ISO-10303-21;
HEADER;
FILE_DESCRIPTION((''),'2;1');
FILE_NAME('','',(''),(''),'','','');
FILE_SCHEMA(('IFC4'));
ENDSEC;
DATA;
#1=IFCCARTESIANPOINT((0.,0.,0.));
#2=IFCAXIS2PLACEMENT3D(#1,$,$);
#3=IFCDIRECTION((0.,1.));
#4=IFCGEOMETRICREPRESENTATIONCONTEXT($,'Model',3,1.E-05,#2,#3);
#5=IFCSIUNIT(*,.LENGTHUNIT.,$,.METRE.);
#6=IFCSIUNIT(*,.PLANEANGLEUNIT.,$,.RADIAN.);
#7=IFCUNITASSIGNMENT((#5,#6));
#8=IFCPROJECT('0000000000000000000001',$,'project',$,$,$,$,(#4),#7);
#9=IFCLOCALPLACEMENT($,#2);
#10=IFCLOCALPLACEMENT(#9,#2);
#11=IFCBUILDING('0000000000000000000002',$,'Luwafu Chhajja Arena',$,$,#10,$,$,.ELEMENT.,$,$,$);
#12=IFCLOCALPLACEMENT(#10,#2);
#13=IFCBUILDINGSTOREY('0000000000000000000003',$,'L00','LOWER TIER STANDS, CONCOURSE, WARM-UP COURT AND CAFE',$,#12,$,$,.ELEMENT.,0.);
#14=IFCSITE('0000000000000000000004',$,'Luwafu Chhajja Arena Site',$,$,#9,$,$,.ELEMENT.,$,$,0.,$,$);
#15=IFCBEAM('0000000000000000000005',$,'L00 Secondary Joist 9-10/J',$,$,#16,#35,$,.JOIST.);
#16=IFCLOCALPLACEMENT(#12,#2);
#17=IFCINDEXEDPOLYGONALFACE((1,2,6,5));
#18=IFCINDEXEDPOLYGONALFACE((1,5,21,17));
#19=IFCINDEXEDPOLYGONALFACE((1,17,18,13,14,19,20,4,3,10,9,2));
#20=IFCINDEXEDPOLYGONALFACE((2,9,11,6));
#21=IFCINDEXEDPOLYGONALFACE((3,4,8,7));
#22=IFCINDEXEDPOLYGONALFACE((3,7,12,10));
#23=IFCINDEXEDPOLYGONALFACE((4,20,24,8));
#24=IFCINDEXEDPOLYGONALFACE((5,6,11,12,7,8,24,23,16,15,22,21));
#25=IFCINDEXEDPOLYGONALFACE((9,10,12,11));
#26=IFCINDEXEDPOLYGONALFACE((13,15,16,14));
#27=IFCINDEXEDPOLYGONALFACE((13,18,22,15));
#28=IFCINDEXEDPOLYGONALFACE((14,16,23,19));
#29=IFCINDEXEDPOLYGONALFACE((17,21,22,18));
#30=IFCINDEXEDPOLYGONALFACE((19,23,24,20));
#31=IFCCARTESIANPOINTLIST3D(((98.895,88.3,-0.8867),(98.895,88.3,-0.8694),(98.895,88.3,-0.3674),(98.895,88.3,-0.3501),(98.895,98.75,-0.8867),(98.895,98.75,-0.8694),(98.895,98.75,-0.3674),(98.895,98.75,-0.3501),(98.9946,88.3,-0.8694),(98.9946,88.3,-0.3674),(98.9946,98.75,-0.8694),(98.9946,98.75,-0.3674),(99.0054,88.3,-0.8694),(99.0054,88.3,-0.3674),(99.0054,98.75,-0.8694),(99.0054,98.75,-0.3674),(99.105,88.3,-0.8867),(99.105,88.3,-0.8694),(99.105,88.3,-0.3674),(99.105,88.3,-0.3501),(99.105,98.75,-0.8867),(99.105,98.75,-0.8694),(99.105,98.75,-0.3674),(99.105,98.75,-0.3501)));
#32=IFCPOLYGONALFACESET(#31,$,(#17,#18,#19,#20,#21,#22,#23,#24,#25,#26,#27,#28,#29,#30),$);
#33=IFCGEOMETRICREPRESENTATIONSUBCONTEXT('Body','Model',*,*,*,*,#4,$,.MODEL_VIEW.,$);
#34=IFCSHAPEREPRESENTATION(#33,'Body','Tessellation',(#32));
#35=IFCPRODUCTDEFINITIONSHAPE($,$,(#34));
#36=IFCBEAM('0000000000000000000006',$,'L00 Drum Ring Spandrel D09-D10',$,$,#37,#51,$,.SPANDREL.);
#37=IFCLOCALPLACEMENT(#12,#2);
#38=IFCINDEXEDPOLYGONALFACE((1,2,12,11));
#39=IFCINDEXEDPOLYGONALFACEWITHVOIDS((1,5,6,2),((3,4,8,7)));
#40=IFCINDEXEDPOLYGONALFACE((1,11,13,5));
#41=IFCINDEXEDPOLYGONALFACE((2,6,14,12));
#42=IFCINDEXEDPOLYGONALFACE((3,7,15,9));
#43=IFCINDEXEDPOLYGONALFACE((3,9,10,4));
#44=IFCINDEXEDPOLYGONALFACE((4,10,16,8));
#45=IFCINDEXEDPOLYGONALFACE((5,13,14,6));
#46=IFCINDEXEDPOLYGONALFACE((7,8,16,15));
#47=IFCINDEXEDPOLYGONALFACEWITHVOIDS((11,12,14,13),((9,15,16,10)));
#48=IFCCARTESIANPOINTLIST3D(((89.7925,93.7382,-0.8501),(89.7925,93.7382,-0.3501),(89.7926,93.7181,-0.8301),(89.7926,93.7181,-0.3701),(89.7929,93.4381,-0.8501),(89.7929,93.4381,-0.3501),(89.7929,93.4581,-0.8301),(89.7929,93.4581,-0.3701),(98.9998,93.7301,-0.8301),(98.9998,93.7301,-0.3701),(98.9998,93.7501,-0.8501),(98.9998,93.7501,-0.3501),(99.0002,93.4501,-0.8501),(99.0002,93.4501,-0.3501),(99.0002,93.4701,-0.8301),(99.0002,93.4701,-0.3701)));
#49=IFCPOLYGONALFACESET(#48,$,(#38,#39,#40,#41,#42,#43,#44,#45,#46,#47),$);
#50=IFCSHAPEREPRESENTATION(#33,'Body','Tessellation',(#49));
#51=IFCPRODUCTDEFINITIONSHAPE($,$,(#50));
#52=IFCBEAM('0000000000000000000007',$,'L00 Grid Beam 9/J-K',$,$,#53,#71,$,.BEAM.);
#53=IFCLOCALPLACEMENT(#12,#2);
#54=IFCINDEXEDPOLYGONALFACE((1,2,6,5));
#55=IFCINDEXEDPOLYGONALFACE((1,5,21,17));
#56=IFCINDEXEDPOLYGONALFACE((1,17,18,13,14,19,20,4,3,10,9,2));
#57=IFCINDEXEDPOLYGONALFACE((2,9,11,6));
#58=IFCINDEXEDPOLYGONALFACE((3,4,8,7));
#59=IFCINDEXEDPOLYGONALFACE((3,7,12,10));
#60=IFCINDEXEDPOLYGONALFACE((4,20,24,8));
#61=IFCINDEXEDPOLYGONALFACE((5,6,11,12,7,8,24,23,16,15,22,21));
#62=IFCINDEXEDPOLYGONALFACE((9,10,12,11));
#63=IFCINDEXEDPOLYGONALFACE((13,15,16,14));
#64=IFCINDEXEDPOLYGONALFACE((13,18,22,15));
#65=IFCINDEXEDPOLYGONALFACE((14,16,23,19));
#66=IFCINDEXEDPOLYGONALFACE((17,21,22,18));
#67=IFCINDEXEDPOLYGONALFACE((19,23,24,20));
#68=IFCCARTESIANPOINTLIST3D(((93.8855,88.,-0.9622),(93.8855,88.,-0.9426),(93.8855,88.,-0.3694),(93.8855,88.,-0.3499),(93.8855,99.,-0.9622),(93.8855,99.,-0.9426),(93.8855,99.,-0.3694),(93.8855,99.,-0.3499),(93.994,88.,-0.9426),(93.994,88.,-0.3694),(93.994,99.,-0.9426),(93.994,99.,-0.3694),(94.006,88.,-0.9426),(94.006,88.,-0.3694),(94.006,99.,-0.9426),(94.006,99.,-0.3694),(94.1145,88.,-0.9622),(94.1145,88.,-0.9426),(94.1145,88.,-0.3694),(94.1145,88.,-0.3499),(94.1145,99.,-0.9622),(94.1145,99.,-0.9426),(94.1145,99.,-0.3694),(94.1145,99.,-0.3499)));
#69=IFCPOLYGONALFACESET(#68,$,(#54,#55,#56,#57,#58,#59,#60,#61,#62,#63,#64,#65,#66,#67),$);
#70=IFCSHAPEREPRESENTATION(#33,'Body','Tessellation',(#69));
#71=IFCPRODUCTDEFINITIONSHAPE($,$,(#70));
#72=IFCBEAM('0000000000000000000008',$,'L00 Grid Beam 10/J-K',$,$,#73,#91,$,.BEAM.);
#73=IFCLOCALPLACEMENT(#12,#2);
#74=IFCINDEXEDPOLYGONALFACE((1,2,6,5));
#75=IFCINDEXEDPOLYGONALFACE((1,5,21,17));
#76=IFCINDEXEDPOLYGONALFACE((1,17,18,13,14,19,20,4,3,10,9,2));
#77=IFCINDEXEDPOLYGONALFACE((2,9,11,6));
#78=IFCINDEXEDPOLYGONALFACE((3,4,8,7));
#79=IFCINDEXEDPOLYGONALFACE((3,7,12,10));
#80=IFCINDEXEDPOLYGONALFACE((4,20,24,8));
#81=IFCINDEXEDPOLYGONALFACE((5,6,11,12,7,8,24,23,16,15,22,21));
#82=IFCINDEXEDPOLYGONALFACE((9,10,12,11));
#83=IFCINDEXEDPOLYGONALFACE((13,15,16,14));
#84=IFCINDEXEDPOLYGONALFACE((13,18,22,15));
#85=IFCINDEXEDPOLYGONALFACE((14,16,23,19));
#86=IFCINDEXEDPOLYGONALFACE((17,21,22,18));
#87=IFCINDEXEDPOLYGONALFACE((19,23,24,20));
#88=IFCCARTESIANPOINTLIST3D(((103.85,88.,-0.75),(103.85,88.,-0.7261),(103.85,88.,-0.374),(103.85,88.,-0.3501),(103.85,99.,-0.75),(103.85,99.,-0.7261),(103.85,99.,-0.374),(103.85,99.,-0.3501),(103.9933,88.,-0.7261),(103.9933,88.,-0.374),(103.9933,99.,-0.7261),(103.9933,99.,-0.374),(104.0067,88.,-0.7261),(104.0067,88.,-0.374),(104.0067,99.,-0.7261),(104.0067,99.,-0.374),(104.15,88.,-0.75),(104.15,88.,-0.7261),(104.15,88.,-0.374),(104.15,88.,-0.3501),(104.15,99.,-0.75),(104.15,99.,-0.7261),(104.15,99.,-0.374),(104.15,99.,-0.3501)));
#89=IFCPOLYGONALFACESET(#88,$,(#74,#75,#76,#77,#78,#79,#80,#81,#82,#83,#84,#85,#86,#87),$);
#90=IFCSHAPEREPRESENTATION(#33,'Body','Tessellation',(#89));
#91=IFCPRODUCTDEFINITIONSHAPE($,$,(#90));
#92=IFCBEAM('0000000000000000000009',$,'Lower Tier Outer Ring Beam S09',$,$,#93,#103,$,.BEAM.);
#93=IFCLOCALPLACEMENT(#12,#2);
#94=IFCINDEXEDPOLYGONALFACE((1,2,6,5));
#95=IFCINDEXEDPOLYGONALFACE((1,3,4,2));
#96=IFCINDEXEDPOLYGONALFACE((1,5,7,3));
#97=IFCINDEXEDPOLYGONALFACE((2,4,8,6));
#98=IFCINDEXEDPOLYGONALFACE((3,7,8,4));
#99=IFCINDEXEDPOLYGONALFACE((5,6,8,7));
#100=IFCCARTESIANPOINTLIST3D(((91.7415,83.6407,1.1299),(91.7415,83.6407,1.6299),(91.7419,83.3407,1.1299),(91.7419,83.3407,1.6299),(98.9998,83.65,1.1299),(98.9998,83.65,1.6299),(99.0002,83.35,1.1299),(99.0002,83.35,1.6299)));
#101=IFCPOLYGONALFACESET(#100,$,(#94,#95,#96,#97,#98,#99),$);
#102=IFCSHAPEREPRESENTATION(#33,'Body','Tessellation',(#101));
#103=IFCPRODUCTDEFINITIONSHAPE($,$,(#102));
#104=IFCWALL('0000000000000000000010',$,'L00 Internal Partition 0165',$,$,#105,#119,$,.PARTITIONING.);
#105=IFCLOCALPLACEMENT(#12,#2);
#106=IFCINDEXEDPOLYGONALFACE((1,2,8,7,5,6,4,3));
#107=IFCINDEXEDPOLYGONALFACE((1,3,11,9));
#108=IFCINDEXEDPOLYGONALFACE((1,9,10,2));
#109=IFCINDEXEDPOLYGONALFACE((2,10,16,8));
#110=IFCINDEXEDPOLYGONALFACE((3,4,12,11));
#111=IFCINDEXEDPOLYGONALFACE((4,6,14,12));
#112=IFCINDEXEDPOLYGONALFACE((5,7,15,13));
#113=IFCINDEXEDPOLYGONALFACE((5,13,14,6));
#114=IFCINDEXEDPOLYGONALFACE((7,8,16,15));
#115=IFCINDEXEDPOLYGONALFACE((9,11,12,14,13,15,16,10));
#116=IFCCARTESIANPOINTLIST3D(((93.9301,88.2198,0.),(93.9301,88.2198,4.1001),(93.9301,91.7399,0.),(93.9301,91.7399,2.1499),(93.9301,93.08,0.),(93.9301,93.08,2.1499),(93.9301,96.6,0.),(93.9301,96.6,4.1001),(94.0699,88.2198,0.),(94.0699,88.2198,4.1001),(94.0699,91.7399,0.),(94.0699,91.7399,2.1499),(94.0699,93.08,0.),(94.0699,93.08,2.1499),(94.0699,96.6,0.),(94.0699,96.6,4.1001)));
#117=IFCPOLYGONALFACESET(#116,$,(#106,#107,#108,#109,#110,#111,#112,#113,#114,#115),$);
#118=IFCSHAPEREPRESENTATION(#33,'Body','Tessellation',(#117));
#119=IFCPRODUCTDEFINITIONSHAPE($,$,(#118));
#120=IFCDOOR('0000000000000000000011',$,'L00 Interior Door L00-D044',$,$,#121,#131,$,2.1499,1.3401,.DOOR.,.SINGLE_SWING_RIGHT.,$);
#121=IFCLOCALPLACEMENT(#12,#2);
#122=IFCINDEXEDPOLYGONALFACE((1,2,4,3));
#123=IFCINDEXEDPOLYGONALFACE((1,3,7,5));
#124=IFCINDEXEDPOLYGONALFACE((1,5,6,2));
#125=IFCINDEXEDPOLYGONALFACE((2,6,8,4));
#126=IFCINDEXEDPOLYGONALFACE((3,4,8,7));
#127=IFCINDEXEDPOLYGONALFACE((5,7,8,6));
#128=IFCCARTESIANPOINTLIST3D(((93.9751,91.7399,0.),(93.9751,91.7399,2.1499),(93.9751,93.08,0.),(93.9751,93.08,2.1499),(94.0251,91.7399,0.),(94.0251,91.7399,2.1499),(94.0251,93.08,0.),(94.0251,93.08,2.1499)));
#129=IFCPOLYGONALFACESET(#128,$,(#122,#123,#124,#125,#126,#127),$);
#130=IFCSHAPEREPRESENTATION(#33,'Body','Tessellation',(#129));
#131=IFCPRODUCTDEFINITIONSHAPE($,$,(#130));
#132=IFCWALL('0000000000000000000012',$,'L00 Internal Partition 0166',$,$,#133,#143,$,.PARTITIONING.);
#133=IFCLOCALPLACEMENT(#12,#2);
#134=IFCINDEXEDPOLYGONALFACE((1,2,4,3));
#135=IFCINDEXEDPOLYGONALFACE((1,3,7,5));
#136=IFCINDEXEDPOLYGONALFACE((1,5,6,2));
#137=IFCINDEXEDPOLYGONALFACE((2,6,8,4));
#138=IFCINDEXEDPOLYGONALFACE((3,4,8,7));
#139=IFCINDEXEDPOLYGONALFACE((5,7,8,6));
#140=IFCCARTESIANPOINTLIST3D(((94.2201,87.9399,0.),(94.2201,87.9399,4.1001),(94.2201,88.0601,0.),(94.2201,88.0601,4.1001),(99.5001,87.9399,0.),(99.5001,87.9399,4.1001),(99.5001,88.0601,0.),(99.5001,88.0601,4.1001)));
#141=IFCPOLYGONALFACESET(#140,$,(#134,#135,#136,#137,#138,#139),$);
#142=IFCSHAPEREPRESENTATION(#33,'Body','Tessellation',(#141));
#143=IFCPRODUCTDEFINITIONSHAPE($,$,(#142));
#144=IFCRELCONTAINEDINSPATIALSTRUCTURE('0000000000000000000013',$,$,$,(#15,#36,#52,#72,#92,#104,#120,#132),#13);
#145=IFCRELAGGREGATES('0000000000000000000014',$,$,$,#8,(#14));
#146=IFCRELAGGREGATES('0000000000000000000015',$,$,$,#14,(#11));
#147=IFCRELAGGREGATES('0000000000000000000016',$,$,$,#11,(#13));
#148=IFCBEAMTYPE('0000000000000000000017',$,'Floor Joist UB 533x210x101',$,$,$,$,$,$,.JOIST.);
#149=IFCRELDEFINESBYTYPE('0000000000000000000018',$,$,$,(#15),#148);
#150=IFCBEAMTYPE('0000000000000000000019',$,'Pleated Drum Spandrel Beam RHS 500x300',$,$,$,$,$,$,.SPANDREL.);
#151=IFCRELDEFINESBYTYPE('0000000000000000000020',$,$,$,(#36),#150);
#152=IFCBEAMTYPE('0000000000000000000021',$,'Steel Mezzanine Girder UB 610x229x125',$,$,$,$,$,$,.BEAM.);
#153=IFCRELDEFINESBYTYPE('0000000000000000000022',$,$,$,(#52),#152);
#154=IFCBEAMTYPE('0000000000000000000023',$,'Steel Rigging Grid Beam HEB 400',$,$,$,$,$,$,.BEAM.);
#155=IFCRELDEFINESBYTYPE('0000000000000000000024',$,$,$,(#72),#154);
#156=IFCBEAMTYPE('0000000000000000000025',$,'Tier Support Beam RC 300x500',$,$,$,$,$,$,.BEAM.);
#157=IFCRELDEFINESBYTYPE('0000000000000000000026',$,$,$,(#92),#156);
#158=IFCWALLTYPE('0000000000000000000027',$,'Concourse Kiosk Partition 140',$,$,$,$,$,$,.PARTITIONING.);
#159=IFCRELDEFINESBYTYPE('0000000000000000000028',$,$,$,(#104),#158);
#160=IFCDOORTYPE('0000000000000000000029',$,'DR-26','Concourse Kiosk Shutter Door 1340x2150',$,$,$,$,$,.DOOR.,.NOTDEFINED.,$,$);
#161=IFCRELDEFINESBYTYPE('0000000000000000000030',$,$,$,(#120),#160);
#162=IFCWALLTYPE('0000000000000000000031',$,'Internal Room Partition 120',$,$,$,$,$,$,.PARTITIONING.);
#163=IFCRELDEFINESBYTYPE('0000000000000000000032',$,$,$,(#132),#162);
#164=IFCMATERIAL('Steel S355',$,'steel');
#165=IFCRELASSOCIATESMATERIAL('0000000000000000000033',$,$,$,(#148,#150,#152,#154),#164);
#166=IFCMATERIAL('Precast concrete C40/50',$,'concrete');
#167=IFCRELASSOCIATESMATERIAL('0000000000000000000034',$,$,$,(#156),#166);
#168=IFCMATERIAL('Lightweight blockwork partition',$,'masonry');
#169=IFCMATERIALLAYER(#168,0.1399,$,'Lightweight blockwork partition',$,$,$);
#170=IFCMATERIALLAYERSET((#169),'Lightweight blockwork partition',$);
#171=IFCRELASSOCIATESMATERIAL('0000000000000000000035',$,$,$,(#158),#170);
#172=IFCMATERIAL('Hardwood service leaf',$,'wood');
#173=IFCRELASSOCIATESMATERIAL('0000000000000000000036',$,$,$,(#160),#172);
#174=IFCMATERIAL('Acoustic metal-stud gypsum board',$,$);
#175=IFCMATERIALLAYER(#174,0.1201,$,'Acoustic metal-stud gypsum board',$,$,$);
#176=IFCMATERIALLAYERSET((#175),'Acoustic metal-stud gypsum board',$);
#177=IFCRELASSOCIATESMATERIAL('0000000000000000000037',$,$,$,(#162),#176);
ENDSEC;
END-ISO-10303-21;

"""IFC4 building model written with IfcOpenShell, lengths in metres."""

from ifc_helpers import new_model, si_unit, direction, frame, frame_2d, origin, origin_2d, place, context, subcontext, project, spatial, rectangle, hollow_rectangle, i_section, extrude, material, layer, layer_set, material_profile, profile_set, type_object, element, fill, save


model = new_model("IFC4")

# Units and contexts
model_context = context("Model", 3, precision=1e-05, world=origin(), true_north=direction((0.0, 1.0)))
body_context = subcontext(model_context, "Body", "Model", "MODEL_VIEW")
ifc_project = project(units=[si_unit("LENGTHUNIT", "METRE"), si_unit("PLANEANGLEUNIT", "RADIAN")], contexts=[model_context])

# Site, building, storey
site_placement = place(None, origin())
site = spatial("IfcSite", under=ifc_project, at=site_placement, Name="Luwafu Chhajja Arena Site", CompositionType="ELEMENT", RefElevation=0.0)
building_placement = place(site_placement, origin())
building = spatial("IfcBuilding", under=site, at=building_placement, Name="Luwafu Chhajja Arena", CompositionType="ELEMENT")
storey_placement = place(building_placement, origin())
storey = spatial("IfcBuildingStorey", under=building, at=storey_placement, Name="L00", Description="LOWER TIER STANDS, CONCOURSE, WARM-UP COURT AND CAFE", CompositionType="ELEMENT", Elevation=0.0)

# Shared definitions
ifc_material_1 = material(Name="Steel S355", Category="steel")

# Beams
ifc_material_2 = material(Name="Precast concrete C40/50", Category="concrete")
ifc_material_profile_1 = material_profile(ifc_material_1, i_section(OverallWidth=0.21, OverallDepth=0.5366, WebThickness=0.0107, FlangeThickness=0.0173, at=origin_2d()), Name="UB 533x210x101")
ifc_profile_set_1 = profile_set([ifc_material_profile_1], Name="Steel S355")
beam_type_1 = type_object("IfcBeamType", Name="Floor Joist UB 533x210x101", PredefinedType="JOIST", material=ifc_profile_set_1)
beam_1_placement = place(storey_placement, frame((99.0, 88.3, -0.6184), z_axis=(0.0, 1.0, 0.0), x_axis=(-1.0, 0.0, 0.0)))
element("IfcBeam", 1, at=beam_1_placement, inside=storey, type_object=beam_type_1, Name="L00 Secondary Joist 9-10/J", PredefinedType="JOIST", context=body_context, shape_type="SweptSolid", body=[
    extrude(i_section(OverallWidth=0.21, OverallDepth=0.5366, WebThickness=0.0107, FlangeThickness=0.0173, at=origin_2d()), origin(), (0.0, 0.0, 1.0), 10.45),
])
ifc_material_profile_2 = material_profile(ifc_material_1, hollow_rectangle(XDim=0.3, YDim=0.5, WallThickness=0.02, at=origin_2d()), Name="RHS 500x300x20")
ifc_profile_set_2 = profile_set([ifc_material_profile_2], Name="Steel S355")
beam_type_2 = type_object("IfcBeamType", Name="Pleated Drum Spandrel Beam RHS 500x300", PredefinedType="SPANDREL", material=ifc_profile_set_2)
beam_2_placement = place(storey_placement, frame((99.0, 93.6001, -0.6001), z_axis=(-0.999999, -0.001299, 0.0), x_axis=(0.001299, -0.999999, 0.0)))
element("IfcBeam", 2, at=beam_2_placement, inside=storey, type_object=beam_type_2, Name="L00 Drum Ring Spandrel D09-D10", PredefinedType="SPANDREL", context=body_context, shape_type="SweptSolid", body=[
    extrude(hollow_rectangle(XDim=0.3, YDim=0.5, WallThickness=0.02, at=origin_2d()), origin(), (0.0, 0.0, 1.0), 9.2073),
])
ifc_material_profile_3 = material_profile(ifc_material_1, i_section(OverallWidth=0.229, OverallDepth=0.6123, WebThickness=0.012, FlangeThickness=0.0195, at=origin_2d()), Name="UB 610x229x125")
ifc_profile_set_3 = profile_set([ifc_material_profile_3], Name="Steel S355")
beam_type_3 = type_object("IfcBeamType", Name="Steel Mezzanine Girder UB 610x229x125", PredefinedType="BEAM", material=ifc_profile_set_3)
beam_3_placement = place(storey_placement, frame((94.0, 88.0, -0.656), z_axis=(0.0, 1.0, 0.0), x_axis=(-1.0, 0.0, 0.0)))
element("IfcBeam", 3, at=beam_3_placement, inside=storey, type_object=beam_type_3, Name="L00 Grid Beam 9/J-K", PredefinedType="BEAM", context=body_context, shape_type="SweptSolid", body=[
    extrude(i_section(OverallWidth=0.229, OverallDepth=0.6123, WebThickness=0.012, FlangeThickness=0.0195, at=origin_2d()), origin(), (0.0, 0.0, 1.0), 11.0),
])
ifc_material_profile_4 = material_profile(ifc_material_1, i_section(OverallWidth=0.3, OverallDepth=0.3999, WebThickness=0.0134, FlangeThickness=0.0239, at=origin_2d()), Name="HEB 400")
ifc_profile_set_4 = profile_set([ifc_material_profile_4], Name="Steel S355")
beam_type_4 = type_object("IfcBeamType", Name="Steel Rigging Grid Beam HEB 400", PredefinedType="BEAM", material=ifc_profile_set_4)
beam_4_placement = place(storey_placement, frame((104.0, 88.0, -0.55), z_axis=(0.0, 1.0, 0.0), x_axis=(-1.0, 0.0, 0.0)))
element("IfcBeam", 4, at=beam_4_placement, inside=storey, type_object=beam_type_4, Name="L00 Grid Beam 10/J-K", PredefinedType="BEAM", context=body_context, shape_type="SweptSolid", body=[
    extrude(i_section(OverallWidth=0.3, OverallDepth=0.3999, WebThickness=0.0134, FlangeThickness=0.0239, at=origin_2d()), origin(), (0.0, 0.0, 1.0), 11.0),
])
ifc_material_profile_5 = material_profile(ifc_material_2, rectangle(XDim=0.3, YDim=0.5, at=origin_2d()), Name="RC 300x500")
ifc_profile_set_5 = profile_set([ifc_material_profile_5], Name="Precast concrete C40/50")
beam_type_5 = type_object("IfcBeamType", Name="Tier Support Beam RC 300x500", PredefinedType="BEAM", material=ifc_profile_set_5)
beam_5_placement = place(storey_placement, frame((99.0, 83.5, 1.3799), z_axis=(-0.999999, -0.001278, 0.0), x_axis=(0.001278, -0.999999, 0.0)))
element("IfcBeam", 5, at=beam_5_placement, inside=storey, type_object=beam_type_5, Name="Lower Tier Outer Ring Beam S09", PredefinedType="BEAM", context=body_context, shape_type="SweptSolid", body=[
    extrude(rectangle(XDim=0.3, YDim=0.5, at=origin_2d()), origin(), (0.0, 0.0, 1.0), 7.2583),
])

# Wall, opening, door
ifc_material_3 = material(Name="Lightweight blockwork partition", Category="masonry")
ifc_layer_1 = layer(ifc_material_3, 0.1399, Name="Lightweight blockwork partition")
ifc_layer_set_1 = layer_set([ifc_layer_1], Name="Lightweight blockwork partition")
wall_type_1 = type_object("IfcWallType", Name="Concourse Kiosk Partition 140", PredefinedType="PARTITIONING", material=ifc_layer_set_1)
wall_1_placement = place(storey_placement, frame((94.0, 88.22, 0.0), z_axis=(0.0, 0.0, 1.0), x_axis=(0.0, 1.0, 0.0)))
wall_1 = element("IfcWall", 6, at=wall_1_placement, inside=storey, type_object=wall_type_1, Name="L00 Internal Partition 0165", PredefinedType="PARTITIONING", context=body_context, shape_type="SweptSolid", body=[
    extrude(rectangle(XDim=8.3801, YDim=0.1399, at=frame_2d((4.1899, 0.0))), origin(), (0.0, 0.0, 1.0), 4.1001),
])
opening_1_placement = place(wall_1_placement, frame((3.52, 0.0, 0.0)))
opening_1 = element("IfcOpeningElement", 7, at=opening_1_placement, cuts=wall_1, PredefinedType="OPENING", context=body_context, shape_type="SweptSolid", body=[
    extrude(rectangle(XDim=1.3401, YDim=2.1499, at=frame_2d((0.6699, 1.075))), frame((0.0, 0.0798, 0.0), z_axis=(0.0, -1.0, 0.0), x_axis=(1.0, 0.0, 0.0)), (0.0, 0.0, 1.0), 0.1599),
])
ifc_material_4 = material(Name="Hardwood service leaf", Category="wood")
door_type_1 = type_object("IfcDoorType", Name="DR-26", Description="Concourse Kiosk Shutter Door 1340x2150", OperationType="NOTDEFINED", PredefinedType="DOOR", material=ifc_material_4)
door_1_placement = place(opening_1_placement, origin())
door_1 = element("IfcDoor", 8, at=door_1_placement, inside=storey, type_object=door_type_1, Name="L00 Interior Door L00-D044", OperationType="SINGLE_SWING_RIGHT", OverallHeight=2.1499, OverallWidth=1.3401, PredefinedType="DOOR", context=body_context, shape_type="SweptSolid", body=[
    extrude(rectangle(XDim=1.3401, YDim=2.1499, at=frame_2d((0.6699, 1.075))), frame((0.0, 0.0249, 0.0), z_axis=(0.0, -1.0, 0.0), x_axis=(1.0, 0.0, 0.0)), (0.0, 0.0, 1.0), 0.05),
])
fill(opening_1, door_1)

# Wall
ifc_material_5 = material(Name="Acoustic metal-stud gypsum board")
ifc_layer_2 = layer(ifc_material_5, 0.1201, Name="Acoustic metal-stud gypsum board")
ifc_layer_set_2 = layer_set([ifc_layer_2], Name="Acoustic metal-stud gypsum board")
wall_type_2 = type_object("IfcWallType", Name="Internal Room Partition 120", PredefinedType="PARTITIONING", material=ifc_layer_set_2)
wall_2_placement = place(storey_placement, frame((94.22, 88.0, 0.0), z_axis=(0.0, 0.0, 1.0), x_axis=(1.0, 0.0, 0.0)))
element("IfcWall", 9, at=wall_2_placement, inside=storey, type_object=wall_type_2, Name="L00 Internal Partition 0166", PredefinedType="PARTITIONING", context=body_context, shape_type="SweptSolid", body=[
    extrude(rectangle(XDim=5.28, YDim=0.1201, at=frame_2d((2.6401, 0.0))), origin(), (0.0, 0.0, 1.0), 4.1001),
])

save(model, "model.ifc")
